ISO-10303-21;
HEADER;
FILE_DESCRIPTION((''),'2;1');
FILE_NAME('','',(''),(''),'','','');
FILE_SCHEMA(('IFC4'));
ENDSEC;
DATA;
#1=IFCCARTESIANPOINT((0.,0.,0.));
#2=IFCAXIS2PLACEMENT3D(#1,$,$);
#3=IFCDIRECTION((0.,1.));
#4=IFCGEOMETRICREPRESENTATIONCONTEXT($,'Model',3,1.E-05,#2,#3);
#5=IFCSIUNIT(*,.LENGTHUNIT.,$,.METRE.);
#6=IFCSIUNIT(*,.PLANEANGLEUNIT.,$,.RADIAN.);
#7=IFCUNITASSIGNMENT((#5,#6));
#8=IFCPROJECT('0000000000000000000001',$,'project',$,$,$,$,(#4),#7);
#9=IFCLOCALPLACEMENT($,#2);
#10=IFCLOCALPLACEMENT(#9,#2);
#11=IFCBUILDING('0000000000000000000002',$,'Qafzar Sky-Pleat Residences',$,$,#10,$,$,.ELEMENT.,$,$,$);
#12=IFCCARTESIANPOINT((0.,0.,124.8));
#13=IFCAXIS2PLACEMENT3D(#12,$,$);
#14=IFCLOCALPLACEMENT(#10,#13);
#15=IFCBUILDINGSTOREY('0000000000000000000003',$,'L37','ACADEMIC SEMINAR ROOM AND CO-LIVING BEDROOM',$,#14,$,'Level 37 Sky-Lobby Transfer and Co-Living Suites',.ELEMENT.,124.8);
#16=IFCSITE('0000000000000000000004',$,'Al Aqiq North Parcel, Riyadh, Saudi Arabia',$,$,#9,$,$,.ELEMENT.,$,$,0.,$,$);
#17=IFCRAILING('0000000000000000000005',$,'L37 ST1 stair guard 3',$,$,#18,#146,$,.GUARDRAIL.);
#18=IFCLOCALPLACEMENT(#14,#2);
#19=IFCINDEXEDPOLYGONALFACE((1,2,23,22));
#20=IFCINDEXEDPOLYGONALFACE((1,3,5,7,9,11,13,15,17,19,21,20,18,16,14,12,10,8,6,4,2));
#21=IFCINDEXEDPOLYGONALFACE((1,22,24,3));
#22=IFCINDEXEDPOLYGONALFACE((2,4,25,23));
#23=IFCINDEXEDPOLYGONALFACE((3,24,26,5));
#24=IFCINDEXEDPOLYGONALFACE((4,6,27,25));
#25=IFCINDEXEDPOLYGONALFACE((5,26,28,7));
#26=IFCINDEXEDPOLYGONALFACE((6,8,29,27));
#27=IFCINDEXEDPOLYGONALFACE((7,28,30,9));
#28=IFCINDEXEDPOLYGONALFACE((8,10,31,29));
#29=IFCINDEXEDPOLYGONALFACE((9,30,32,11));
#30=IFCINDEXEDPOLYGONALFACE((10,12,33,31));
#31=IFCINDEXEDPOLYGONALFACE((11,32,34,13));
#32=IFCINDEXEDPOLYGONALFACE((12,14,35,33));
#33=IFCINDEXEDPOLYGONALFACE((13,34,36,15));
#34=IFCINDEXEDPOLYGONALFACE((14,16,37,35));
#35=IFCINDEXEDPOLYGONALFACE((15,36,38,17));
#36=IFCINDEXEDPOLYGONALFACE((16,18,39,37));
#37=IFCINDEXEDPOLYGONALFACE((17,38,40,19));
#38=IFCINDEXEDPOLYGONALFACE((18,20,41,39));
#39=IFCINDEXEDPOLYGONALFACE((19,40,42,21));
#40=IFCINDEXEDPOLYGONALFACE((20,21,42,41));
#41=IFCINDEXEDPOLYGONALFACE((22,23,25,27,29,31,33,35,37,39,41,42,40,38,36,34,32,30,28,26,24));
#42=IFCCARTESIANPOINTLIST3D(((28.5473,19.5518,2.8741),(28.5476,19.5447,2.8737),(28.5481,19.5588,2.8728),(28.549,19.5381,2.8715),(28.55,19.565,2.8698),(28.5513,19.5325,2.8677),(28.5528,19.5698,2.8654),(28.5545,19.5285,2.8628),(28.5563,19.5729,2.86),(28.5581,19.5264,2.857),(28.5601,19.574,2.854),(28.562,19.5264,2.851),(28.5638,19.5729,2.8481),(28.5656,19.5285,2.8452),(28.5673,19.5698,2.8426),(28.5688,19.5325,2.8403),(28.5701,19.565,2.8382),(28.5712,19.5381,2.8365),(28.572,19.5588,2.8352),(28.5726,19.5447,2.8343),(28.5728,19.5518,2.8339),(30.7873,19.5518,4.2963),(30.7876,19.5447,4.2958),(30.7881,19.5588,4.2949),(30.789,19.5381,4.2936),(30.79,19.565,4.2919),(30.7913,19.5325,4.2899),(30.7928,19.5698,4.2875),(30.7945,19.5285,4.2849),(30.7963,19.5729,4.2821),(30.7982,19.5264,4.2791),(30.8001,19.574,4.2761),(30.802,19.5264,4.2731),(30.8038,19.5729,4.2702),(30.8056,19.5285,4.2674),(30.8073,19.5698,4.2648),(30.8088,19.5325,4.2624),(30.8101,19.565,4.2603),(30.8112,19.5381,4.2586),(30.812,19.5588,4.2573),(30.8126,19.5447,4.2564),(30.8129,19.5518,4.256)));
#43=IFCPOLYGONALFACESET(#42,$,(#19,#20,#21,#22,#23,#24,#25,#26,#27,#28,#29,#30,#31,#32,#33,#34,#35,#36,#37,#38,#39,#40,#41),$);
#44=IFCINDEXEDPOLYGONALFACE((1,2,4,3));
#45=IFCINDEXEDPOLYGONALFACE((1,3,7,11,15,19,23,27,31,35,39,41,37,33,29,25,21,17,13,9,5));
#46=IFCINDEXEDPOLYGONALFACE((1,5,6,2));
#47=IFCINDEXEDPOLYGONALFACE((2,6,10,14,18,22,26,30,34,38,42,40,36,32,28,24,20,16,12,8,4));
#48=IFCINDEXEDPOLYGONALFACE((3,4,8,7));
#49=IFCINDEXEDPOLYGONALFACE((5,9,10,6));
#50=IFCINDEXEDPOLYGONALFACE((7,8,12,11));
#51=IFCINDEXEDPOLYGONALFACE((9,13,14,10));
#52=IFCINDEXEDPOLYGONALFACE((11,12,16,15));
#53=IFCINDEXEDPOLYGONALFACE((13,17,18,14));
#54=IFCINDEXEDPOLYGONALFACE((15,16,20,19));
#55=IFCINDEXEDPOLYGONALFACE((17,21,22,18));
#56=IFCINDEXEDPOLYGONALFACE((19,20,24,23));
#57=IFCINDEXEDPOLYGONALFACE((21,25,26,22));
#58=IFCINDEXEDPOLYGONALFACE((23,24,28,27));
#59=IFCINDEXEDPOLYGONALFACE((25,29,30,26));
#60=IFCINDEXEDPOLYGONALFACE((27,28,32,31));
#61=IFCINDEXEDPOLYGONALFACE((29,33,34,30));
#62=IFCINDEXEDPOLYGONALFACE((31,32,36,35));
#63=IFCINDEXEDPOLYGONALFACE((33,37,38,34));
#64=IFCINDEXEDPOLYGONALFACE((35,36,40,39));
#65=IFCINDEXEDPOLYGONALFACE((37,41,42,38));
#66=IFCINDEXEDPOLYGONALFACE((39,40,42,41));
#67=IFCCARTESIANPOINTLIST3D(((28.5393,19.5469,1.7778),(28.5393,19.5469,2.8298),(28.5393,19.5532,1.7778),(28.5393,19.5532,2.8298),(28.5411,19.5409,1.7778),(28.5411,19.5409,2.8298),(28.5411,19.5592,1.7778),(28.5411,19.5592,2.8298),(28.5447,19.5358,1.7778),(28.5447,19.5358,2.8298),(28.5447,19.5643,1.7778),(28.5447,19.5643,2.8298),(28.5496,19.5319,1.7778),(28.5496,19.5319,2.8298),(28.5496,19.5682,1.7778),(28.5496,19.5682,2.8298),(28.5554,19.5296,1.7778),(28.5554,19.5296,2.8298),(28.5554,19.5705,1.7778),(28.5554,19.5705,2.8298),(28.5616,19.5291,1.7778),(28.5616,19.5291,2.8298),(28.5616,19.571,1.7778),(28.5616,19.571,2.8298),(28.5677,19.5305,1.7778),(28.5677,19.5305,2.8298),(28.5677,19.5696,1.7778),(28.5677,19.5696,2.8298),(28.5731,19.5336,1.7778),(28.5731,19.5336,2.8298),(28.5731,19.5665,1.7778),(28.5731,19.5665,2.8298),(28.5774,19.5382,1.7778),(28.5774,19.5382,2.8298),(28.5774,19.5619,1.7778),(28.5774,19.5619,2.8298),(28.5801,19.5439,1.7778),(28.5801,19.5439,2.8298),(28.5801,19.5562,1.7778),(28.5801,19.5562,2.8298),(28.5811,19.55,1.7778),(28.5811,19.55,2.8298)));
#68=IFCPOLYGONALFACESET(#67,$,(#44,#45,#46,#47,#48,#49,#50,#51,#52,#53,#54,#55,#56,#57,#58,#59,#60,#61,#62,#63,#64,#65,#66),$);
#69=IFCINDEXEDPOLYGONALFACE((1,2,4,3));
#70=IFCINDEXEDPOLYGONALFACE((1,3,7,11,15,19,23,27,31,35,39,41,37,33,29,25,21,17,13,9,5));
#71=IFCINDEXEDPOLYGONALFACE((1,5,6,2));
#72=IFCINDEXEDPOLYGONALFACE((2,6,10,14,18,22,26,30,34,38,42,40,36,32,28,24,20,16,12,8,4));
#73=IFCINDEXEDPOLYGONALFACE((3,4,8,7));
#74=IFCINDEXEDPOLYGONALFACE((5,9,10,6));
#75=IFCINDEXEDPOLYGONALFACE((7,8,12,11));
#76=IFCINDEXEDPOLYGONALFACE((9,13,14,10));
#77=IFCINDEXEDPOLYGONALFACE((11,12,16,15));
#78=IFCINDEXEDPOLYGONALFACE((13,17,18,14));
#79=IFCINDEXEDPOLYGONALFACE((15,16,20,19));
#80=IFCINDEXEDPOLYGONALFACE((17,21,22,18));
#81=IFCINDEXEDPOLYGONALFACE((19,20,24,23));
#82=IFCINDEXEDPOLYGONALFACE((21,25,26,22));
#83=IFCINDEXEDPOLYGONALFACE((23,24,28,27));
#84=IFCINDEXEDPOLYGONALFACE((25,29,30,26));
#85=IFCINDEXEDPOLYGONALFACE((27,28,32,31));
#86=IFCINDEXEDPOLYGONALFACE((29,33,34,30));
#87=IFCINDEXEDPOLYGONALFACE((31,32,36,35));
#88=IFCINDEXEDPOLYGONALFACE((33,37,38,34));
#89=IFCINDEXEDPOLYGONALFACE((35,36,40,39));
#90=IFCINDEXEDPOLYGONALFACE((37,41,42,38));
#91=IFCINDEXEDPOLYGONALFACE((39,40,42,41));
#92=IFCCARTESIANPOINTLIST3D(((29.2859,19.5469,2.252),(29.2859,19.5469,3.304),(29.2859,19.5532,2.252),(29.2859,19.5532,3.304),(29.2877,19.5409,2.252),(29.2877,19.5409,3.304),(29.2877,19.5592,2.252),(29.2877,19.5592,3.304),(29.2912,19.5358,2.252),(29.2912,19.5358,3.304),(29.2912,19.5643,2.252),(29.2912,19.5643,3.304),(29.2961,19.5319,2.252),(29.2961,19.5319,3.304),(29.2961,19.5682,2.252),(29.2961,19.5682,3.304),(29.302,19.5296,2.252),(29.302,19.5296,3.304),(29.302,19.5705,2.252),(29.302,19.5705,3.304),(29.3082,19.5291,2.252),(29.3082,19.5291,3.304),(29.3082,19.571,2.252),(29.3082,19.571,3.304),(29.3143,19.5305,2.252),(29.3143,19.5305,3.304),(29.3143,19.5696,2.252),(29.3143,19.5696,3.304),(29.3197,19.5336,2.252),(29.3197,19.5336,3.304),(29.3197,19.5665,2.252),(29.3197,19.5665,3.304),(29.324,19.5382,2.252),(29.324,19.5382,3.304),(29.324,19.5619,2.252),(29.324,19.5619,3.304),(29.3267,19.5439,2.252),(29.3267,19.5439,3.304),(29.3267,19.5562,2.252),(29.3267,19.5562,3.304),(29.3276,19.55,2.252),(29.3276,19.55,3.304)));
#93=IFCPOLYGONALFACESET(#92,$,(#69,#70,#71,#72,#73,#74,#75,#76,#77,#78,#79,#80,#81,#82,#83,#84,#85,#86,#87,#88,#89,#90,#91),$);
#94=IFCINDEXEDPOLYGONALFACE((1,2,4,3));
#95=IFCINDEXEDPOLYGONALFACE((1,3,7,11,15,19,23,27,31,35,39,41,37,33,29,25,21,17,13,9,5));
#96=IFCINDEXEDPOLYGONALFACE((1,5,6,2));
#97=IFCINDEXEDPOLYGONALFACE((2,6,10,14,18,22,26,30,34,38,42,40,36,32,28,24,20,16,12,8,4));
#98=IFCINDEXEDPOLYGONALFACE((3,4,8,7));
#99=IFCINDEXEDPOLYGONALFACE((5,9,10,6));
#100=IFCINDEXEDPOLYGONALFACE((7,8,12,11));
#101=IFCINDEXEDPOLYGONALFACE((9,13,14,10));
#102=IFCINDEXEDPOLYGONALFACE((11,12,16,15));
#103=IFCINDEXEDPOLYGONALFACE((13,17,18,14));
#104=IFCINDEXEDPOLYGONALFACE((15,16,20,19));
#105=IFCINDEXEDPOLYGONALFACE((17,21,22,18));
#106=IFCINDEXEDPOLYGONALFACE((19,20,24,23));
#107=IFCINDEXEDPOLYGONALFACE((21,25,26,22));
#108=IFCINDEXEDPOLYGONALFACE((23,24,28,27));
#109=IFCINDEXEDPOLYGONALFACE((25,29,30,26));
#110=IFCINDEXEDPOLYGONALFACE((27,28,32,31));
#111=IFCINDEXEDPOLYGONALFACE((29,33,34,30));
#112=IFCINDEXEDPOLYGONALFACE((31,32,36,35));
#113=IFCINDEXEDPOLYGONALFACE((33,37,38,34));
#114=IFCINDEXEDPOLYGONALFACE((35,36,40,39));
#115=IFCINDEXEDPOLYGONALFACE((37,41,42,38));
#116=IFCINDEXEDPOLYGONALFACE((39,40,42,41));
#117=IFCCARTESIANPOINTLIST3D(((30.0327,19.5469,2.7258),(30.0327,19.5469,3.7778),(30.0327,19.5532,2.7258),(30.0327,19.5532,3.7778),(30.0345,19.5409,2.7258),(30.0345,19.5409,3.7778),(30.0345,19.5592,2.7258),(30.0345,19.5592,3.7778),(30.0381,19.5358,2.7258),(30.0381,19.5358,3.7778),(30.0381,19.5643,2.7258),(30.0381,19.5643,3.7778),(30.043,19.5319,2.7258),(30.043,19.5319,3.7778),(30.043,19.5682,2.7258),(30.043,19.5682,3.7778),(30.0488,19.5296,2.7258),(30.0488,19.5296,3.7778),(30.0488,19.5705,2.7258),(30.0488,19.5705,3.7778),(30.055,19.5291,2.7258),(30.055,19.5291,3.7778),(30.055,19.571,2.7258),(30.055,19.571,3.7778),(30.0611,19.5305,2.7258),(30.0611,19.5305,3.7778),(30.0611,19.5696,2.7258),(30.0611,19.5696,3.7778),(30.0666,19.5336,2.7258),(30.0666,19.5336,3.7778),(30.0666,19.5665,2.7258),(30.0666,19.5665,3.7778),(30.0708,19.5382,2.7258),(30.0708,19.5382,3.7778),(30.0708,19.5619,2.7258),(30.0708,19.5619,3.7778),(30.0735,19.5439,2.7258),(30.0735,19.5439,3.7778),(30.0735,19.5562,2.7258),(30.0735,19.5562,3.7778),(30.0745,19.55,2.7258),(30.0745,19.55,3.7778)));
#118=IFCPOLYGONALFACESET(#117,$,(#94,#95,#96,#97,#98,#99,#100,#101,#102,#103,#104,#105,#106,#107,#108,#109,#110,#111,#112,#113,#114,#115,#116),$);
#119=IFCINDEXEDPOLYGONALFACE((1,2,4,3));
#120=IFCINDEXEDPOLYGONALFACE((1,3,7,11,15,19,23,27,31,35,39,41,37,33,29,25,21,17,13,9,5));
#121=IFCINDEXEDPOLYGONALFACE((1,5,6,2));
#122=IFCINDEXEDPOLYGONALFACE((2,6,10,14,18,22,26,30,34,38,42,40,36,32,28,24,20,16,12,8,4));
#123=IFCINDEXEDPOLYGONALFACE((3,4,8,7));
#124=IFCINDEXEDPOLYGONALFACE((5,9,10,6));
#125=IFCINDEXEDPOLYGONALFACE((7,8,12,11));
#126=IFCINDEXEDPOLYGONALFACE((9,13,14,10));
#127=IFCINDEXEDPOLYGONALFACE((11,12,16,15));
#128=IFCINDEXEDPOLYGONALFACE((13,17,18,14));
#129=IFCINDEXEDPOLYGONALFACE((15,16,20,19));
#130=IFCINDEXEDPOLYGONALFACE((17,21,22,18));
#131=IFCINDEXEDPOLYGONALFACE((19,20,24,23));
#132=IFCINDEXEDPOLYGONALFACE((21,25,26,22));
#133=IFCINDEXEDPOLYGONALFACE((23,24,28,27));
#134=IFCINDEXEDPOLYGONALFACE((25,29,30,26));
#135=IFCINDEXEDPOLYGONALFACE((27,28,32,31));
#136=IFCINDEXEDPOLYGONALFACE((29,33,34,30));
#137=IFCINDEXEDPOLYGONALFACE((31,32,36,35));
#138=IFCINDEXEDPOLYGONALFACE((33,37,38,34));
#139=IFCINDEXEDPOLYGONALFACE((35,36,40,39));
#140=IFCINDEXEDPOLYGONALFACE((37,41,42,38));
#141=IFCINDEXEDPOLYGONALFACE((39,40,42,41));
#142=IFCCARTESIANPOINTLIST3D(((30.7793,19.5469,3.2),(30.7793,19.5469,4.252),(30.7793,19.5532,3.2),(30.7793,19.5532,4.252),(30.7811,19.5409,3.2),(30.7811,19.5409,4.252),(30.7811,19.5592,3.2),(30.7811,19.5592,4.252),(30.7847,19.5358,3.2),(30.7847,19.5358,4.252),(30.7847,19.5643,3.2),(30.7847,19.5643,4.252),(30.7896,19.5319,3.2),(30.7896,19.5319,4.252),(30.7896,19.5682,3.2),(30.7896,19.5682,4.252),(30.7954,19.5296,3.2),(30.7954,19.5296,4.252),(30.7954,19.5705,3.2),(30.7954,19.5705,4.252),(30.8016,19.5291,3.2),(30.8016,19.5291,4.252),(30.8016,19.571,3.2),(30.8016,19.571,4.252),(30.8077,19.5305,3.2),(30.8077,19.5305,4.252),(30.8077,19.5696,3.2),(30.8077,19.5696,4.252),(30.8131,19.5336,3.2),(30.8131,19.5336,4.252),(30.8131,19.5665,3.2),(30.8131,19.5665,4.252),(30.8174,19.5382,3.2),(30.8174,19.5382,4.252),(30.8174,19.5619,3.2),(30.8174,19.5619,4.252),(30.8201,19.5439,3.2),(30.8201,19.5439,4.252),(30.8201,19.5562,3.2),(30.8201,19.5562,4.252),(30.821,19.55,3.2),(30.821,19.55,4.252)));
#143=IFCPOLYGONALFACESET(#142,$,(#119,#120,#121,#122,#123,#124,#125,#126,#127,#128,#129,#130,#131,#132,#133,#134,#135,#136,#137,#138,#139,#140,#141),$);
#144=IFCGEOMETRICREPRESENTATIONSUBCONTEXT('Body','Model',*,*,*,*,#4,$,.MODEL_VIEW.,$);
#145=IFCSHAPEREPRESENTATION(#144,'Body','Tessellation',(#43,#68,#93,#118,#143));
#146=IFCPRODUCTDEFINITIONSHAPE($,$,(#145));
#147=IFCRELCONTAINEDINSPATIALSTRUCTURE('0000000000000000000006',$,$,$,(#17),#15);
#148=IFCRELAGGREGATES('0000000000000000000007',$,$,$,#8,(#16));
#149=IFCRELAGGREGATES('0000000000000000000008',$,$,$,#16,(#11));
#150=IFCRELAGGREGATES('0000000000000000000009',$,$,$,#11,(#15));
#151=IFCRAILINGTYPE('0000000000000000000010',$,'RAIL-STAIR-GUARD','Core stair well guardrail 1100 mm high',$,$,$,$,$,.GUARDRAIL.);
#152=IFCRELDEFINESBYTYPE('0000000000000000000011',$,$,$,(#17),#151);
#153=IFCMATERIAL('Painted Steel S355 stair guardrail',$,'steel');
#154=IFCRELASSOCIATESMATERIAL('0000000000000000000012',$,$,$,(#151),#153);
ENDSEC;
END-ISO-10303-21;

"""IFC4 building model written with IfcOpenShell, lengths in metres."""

from ifc_helpers import new_model, si_unit, direction, frame, origin, origin_2d, place, context, subcontext, project, spatial, circle, extrude, source, transform, mapped, material, type_object, element, save


model = new_model("IFC4")

# Units and contexts
model_context = context("Model", 3, precision=1e-05, world=origin(), true_north=direction((0.0, 1.0)))
body_context = subcontext(model_context, "Body", "Model", "MODEL_VIEW")
ifc_project = project(units=[si_unit("LENGTHUNIT", "METRE"), si_unit("PLANEANGLEUNIT", "RADIAN")], contexts=[model_context])

# Site, building, storey
site_placement = place(None, origin())
site = spatial("IfcSite", under=ifc_project, at=site_placement, Name="Al Aqiq North Parcel, Riyadh, Saudi Arabia", CompositionType="ELEMENT", RefElevation=0.0)
building_placement = place(site_placement, origin())
building = spatial("IfcBuilding", under=site, at=building_placement, Name="Qafzar Sky-Pleat Residences", CompositionType="ELEMENT")
storey_placement = place(building_placement, frame((0.0, 0.0, 124.8)))
storey = spatial("IfcBuildingStorey", under=building, at=storey_placement, Name="L37", Description="ACADEMIC SEMINAR ROOM AND CO-LIVING BEDROOM", LongName="Level 37 Sky-Lobby Transfer and Co-Living Suites", CompositionType="ELEMENT", Elevation=124.8)

# Railing
ifc_material_1 = material(Name="Painted Steel S355 stair guardrail", Category="steel")
railing_type_1 = type_object("IfcRailingType", Name="RAIL-STAIR-GUARD", Description="Core stair well guardrail 1100 mm high", PredefinedType="GUARDRAIL", material=ifc_material_1)
shared_shape_1 = source(origin(), body_context, "Body", "SweptSolid", [
    extrude(circle(Radius=0.0239, at=origin_2d()), frame((0.0, 0.0, 1.0762), z_axis=(0.844229, 0.0, 0.535982), x_axis=(0.0, 1.0, 0.0)), (0.0, 0.0, 1.0), 2.6533),
    extrude(circle(Radius=0.021, at=origin_2d()), origin(), (0.0, 0.0, 1.0), 1.052),
    extrude(circle(Radius=0.021, at=origin_2d()), frame((0.7466, 0.0, 0.4741)), (0.0, 0.0, 1.0), 1.052),
    extrude(circle(Radius=0.021, at=origin_2d()), frame((1.4934, 0.0, 0.948)), (0.0, 0.0, 1.0), 1.052),
    extrude(circle(Radius=0.021, at=origin_2d()), frame((2.24, 0.0, 1.4221)), (0.0, 0.0, 1.0), 1.052),
])
railing_1_placement = place(storey_placement, frame((28.5601, 19.55, 1.7778)))
element("IfcRailing", 1, at=railing_1_placement, inside=storey, type_object=railing_type_1, Name="L37 ST1 stair guard 3", PredefinedType="GUARDRAIL", context=body_context, shape_type="MappedRepresentation", body=[
    mapped(shared_shape_1, transform((0.0, 0.0, 0.0), x_axis=(1.0, 0.0, 0.0), y_axis=(0.0, 1.0, 0.0), z_axis=(0.0, 0.0, 1.0), scale=1.0)),
])

save(model, "model.ifc")
